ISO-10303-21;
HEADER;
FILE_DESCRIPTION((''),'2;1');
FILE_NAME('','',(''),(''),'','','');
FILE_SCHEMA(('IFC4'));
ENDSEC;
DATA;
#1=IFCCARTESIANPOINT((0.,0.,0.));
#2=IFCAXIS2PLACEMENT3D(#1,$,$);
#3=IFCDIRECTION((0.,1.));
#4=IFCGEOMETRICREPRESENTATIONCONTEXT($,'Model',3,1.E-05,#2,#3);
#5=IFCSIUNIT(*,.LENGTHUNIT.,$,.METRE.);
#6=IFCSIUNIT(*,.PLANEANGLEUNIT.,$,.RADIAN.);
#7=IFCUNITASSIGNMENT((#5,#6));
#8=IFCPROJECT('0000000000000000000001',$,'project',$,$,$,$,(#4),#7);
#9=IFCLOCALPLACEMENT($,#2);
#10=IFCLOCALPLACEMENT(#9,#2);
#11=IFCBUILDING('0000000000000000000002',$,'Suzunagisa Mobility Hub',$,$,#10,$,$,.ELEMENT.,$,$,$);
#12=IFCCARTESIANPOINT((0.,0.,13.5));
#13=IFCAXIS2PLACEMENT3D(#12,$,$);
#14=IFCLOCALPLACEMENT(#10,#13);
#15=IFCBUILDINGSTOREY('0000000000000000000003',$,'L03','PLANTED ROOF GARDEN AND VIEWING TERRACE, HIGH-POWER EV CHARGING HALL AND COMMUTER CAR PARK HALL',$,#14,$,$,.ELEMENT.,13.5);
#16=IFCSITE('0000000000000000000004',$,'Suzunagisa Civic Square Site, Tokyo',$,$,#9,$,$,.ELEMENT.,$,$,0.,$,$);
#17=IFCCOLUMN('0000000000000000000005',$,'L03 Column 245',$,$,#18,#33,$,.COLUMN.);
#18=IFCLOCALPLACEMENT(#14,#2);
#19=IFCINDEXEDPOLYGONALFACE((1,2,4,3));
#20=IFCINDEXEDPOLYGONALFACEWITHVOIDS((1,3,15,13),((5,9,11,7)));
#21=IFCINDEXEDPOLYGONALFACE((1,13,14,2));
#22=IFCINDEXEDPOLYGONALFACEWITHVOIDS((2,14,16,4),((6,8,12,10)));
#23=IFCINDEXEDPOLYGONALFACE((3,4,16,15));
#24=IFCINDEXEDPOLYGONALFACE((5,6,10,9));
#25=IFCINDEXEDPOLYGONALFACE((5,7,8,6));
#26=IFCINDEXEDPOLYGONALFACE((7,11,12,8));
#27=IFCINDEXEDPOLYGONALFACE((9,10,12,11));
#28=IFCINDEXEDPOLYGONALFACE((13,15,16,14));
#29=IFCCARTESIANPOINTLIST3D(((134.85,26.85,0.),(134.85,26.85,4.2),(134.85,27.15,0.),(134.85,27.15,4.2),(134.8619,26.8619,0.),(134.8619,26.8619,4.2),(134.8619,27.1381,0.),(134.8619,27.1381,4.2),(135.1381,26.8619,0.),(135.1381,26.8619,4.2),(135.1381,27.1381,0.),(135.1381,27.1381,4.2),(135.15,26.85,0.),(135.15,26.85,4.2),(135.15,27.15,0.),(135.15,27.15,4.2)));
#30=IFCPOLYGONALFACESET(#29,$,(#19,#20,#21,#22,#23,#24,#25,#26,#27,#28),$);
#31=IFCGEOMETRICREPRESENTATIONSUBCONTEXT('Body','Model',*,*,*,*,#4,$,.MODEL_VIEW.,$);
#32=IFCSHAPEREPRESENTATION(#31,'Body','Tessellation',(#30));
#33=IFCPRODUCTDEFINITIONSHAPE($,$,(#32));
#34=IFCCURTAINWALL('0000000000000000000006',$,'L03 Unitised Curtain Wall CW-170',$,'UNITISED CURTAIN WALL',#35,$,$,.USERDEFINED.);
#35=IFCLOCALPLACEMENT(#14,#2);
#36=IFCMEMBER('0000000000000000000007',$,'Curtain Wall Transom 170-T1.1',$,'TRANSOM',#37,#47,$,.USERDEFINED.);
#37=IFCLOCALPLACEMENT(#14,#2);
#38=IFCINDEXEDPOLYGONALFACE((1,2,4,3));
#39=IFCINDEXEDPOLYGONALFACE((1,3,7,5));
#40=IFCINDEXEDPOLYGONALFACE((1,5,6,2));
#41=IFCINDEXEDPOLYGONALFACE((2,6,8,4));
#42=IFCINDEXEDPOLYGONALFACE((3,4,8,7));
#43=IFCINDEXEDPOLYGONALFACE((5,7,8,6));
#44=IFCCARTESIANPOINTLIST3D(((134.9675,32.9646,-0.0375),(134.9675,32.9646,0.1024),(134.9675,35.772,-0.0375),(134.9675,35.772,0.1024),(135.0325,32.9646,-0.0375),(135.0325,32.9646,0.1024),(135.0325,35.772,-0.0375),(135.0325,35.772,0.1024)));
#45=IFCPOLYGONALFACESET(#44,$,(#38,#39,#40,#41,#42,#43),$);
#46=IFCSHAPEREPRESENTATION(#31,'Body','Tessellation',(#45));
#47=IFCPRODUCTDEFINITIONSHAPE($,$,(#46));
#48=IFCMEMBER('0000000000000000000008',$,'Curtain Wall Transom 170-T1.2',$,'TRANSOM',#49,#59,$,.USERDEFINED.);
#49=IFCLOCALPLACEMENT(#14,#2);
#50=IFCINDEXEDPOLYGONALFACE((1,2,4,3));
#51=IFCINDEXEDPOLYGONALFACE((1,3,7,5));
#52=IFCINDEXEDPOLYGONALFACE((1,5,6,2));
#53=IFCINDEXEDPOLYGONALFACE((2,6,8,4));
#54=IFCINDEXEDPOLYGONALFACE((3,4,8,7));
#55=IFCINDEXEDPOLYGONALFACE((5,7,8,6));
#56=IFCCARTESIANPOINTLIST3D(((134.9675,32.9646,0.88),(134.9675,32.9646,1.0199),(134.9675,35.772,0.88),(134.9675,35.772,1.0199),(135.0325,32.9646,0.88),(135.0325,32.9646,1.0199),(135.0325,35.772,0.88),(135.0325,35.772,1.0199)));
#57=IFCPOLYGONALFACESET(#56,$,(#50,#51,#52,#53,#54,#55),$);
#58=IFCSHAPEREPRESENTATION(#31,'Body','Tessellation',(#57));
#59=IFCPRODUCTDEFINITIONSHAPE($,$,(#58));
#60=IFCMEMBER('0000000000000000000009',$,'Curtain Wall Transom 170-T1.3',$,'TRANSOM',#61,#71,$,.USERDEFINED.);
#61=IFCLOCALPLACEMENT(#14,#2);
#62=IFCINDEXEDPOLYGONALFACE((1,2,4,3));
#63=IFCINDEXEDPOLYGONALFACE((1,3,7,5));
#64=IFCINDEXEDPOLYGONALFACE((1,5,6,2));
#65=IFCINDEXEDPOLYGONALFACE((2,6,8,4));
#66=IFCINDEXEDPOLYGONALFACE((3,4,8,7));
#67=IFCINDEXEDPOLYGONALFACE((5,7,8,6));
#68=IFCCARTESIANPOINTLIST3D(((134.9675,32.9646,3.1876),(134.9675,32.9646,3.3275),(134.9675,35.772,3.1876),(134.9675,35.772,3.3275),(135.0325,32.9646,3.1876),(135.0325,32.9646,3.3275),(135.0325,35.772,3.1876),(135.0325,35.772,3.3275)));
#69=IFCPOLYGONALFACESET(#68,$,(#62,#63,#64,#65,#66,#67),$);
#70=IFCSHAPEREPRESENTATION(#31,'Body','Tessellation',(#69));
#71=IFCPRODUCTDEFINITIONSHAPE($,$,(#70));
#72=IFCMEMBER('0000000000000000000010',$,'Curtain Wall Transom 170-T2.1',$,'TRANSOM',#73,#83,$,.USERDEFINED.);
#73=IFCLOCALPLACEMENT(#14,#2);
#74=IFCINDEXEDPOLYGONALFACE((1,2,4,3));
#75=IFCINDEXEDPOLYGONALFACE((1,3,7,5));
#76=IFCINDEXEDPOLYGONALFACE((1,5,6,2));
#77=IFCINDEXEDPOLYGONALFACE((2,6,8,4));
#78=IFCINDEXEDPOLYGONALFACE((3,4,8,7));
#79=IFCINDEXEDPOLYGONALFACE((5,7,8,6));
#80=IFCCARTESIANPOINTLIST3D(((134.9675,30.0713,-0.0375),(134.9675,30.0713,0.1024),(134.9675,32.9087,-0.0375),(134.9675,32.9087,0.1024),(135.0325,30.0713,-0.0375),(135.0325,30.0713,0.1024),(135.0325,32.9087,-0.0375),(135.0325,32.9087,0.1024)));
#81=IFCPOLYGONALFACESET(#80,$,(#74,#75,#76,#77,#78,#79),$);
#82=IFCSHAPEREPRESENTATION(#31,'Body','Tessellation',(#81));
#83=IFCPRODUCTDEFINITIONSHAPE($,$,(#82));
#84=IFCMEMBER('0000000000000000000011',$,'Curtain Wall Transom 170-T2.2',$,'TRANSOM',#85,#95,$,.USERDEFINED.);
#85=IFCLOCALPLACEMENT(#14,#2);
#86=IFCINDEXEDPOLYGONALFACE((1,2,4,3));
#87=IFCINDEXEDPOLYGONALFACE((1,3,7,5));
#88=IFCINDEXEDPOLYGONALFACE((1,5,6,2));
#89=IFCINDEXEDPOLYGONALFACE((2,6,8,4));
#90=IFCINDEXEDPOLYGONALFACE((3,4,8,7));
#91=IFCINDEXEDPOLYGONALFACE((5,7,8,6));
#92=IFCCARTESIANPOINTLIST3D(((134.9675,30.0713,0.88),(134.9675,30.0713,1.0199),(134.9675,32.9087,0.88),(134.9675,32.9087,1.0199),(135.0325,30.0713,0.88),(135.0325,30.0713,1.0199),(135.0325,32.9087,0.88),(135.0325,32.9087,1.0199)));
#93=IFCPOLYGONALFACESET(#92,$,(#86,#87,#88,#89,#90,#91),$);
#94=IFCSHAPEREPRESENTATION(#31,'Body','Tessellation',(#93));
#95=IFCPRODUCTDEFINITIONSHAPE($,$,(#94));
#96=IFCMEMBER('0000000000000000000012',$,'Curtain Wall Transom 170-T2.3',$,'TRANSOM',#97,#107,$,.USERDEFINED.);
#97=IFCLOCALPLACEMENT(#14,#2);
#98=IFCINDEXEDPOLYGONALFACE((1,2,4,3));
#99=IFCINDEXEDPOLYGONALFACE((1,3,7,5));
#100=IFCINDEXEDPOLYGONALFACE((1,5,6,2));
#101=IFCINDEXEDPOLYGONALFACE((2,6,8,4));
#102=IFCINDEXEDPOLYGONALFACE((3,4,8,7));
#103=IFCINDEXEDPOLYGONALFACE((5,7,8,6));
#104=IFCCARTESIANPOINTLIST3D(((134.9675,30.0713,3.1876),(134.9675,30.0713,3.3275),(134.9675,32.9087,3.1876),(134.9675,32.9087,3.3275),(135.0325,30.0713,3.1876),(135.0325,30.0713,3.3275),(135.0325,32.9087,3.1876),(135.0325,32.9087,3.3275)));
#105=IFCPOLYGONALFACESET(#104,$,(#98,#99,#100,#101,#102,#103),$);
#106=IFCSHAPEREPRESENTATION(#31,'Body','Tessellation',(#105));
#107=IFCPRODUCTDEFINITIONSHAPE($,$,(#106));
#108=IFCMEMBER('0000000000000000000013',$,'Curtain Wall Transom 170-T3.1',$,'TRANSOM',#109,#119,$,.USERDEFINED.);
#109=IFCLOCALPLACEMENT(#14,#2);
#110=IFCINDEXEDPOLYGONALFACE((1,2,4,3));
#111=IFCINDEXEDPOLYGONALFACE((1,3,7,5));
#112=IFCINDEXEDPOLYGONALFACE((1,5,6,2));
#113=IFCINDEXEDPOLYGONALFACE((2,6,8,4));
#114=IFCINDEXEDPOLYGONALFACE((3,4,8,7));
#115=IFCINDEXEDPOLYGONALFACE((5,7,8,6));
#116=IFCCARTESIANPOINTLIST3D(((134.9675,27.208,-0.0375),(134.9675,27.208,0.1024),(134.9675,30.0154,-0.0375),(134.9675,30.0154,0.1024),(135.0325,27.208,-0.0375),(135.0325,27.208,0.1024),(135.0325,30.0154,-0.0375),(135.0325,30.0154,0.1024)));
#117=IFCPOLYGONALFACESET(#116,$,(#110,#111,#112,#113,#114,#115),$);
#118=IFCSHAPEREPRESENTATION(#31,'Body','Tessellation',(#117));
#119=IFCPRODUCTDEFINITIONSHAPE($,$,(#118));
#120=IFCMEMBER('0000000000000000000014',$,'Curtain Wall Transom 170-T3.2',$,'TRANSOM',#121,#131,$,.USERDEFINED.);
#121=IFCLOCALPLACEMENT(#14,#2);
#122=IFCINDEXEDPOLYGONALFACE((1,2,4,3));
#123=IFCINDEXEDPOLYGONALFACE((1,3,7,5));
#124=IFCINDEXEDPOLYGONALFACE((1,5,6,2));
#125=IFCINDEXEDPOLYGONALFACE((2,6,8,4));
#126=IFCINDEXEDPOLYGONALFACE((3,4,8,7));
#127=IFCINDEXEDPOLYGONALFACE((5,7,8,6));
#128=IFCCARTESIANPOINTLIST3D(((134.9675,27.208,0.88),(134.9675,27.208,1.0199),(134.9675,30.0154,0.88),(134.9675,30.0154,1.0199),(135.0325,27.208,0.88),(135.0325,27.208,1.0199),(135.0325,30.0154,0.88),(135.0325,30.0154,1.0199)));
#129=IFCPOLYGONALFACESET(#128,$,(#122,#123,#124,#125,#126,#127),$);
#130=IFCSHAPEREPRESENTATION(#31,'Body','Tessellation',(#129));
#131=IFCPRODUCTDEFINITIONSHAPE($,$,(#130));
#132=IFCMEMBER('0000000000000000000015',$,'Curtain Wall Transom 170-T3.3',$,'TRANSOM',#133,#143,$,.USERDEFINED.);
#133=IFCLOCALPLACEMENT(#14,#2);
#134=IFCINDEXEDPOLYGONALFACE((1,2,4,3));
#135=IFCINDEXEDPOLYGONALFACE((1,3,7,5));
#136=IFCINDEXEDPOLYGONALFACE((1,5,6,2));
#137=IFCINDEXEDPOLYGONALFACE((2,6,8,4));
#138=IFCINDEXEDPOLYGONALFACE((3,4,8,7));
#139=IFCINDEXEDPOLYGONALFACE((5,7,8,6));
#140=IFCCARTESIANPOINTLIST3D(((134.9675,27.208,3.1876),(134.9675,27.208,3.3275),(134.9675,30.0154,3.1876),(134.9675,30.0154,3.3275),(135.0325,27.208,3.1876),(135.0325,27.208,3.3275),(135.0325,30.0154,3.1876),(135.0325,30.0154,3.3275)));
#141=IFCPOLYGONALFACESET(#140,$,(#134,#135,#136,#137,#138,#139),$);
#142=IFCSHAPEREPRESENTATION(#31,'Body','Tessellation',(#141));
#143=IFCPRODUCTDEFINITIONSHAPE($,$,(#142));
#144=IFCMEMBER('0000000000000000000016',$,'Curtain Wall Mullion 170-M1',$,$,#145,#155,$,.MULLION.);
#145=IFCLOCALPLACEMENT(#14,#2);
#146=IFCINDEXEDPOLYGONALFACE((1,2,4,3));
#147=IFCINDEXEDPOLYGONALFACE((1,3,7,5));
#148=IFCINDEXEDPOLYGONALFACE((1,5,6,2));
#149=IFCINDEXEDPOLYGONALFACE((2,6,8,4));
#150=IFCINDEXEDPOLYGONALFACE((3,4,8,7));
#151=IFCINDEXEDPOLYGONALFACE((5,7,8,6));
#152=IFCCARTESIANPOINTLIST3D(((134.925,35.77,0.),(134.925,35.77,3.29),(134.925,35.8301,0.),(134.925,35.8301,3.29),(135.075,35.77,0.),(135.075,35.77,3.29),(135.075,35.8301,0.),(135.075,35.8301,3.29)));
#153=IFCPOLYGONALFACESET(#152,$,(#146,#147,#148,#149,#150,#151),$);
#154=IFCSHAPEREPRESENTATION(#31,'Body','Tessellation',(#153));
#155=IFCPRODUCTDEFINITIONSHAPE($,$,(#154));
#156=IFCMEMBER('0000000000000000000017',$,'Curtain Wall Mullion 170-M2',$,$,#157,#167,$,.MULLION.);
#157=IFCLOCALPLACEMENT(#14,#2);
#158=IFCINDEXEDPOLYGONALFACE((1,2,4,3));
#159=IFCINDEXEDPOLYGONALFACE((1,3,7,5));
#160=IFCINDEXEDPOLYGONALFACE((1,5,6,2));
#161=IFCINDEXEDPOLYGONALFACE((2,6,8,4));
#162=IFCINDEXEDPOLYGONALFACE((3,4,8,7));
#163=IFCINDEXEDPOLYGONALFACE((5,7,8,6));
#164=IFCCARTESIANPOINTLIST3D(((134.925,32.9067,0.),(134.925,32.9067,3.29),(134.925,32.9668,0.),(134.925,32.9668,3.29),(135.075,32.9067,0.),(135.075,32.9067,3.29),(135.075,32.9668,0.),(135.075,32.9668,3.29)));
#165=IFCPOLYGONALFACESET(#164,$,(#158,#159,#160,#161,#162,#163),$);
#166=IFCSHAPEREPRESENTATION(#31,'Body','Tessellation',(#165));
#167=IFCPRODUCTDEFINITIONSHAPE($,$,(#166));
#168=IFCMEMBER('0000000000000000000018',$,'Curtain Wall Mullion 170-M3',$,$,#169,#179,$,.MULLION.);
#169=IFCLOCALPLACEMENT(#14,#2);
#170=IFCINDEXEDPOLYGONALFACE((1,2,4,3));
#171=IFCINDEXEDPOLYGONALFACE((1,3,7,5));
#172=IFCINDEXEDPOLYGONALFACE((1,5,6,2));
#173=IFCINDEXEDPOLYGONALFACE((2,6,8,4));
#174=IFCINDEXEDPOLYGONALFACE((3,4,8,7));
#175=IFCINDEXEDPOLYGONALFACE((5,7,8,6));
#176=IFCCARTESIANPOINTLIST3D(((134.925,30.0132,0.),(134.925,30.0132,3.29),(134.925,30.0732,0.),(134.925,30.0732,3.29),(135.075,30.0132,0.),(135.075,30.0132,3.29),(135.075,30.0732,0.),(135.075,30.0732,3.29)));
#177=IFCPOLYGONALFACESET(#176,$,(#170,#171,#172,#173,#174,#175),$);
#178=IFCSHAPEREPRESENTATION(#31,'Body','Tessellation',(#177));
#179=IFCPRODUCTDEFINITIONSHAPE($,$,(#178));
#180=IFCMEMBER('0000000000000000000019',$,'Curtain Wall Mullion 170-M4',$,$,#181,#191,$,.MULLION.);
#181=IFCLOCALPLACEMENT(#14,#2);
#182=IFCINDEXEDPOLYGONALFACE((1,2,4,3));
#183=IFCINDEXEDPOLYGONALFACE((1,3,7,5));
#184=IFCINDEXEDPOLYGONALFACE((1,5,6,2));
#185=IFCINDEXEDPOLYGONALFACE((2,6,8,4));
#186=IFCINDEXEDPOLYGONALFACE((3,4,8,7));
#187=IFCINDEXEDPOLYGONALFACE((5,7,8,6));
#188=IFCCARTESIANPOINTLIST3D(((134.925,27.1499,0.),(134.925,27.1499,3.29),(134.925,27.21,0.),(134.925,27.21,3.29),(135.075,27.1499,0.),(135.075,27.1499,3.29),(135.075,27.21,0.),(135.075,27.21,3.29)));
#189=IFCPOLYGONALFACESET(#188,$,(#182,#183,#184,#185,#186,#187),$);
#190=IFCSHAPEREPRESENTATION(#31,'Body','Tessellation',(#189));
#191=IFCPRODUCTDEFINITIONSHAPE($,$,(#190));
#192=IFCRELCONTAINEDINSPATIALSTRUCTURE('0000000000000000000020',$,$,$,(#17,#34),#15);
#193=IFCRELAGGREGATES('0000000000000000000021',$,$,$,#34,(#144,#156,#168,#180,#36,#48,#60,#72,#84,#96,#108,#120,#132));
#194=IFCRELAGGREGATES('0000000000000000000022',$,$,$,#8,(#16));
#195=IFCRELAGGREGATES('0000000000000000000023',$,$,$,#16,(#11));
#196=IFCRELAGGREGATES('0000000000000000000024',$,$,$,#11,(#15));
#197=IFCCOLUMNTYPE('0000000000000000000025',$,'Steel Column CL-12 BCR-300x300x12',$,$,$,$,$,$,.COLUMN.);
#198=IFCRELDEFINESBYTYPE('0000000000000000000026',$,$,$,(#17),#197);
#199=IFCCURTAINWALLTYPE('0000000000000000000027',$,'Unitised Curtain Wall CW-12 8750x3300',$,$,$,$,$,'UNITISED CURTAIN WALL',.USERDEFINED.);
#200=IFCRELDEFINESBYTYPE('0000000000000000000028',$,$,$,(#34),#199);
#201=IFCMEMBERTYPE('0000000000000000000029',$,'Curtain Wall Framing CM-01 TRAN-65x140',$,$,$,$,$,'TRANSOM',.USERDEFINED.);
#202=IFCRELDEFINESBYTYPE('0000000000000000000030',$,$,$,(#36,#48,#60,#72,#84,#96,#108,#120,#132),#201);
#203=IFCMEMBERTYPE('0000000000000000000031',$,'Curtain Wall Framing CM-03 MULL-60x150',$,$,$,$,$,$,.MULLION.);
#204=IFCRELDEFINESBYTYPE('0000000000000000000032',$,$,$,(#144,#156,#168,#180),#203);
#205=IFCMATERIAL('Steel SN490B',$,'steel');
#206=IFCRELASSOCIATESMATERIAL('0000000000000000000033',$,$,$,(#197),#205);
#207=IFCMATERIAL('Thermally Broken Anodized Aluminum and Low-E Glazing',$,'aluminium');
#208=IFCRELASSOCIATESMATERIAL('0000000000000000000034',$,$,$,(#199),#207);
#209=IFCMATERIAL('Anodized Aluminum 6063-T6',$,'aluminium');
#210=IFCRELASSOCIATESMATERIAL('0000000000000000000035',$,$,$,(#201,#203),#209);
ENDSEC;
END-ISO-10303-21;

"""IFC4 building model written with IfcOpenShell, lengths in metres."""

from ifc_helpers import new_model, si_unit, direction, frame, origin, origin_2d, place, context, subcontext, project, spatial, rectangle, hollow_rectangle, extrude, material, material_profile, profile_set, type_object, element, aggregate, save


model = new_model("IFC4")

# Units and contexts
model_context = context("Model", 3, precision=1e-05, world=origin(), true_north=direction((0.0, 1.0)))
body_context = subcontext(model_context, "Body", "Model", "MODEL_VIEW")
ifc_project = project(units=[si_unit("LENGTHUNIT", "METRE"), si_unit("PLANEANGLEUNIT", "RADIAN")], contexts=[model_context])

# Site, building, storey
site_placement = place(None, origin())
site = spatial("IfcSite", under=ifc_project, at=site_placement, Name="Suzunagisa Civic Square Site, Tokyo", CompositionType="ELEMENT", RefElevation=0.0)
building_placement = place(site_placement, origin())
building = spatial("IfcBuilding", under=site, at=building_placement, Name="Suzunagisa Mobility Hub", CompositionType="ELEMENT")
storey_placement = place(building_placement, frame((0.0, 0.0, 13.5)))
storey = spatial("IfcBuildingStorey", under=building, at=storey_placement, Name="L03", Description="PLANTED ROOF GARDEN AND VIEWING TERRACE, HIGH-POWER EV CHARGING HALL AND COMMUTER CAR PARK HALL", CompositionType="ELEMENT", Elevation=13.5)

# Column
ifc_material_1 = material(Name="Steel SN490B", Category="steel")
ifc_material_profile_1 = material_profile(ifc_material_1, hollow_rectangle(XDim=0.3, YDim=0.3, WallThickness=0.012, at=origin_2d()), Name="BCR-300x300x12")
ifc_profile_set_1 = profile_set([ifc_material_profile_1], Name="Steel SN490B")
column_type = type_object("IfcColumnType", Name="Steel Column CL-12 BCR-300x300x12", PredefinedType="COLUMN", material=ifc_profile_set_1)
column_placement = place(storey_placement, frame((135.0, 27.0, 0.0), z_axis=(0.0, 0.0, 1.0), x_axis=(1.0, 0.0, 0.0)))
element("IfcColumn", 1, at=column_placement, inside=storey, type_object=column_type, Name="L03 Column 245", PredefinedType="COLUMN", context=body_context, shape_type="SweptSolid", body=[
    extrude(hollow_rectangle(XDim=0.3, YDim=0.3, WallThickness=0.012, at=origin_2d()), origin(), (0.0, 0.0, 1.0), 4.2),
])

# Curtain wall, members
ifc_material_2 = material(Name="Thermally Broken Anodized Aluminum and Low-E Glazing", Category="aluminium")
curtain_wall_type = type_object("IfcCurtainWallType", Name="Unitised Curtain Wall CW-12 8750x3300", ElementType="UNITISED CURTAIN WALL", PredefinedType="USERDEFINED", material=ifc_material_2)
curtain_wall_placement = place(storey_placement, origin())
curtain_wall = element("IfcCurtainWall", 2, at=curtain_wall_placement, inside=storey, type_object=curtain_wall_type, Name="L03 Unitised Curtain Wall CW-170", ObjectType="UNITISED CURTAIN WALL", PredefinedType="USERDEFINED")
ifc_material_3 = material(Name="Anodized Aluminum 6063-T6", Category="aluminium")
ifc_material_profile_2 = material_profile(ifc_material_3, rectangle(XDim=0.0649, YDim=0.1399, at=origin_2d()), Name="TRAN-65x140")
ifc_profile_set_2 = profile_set([ifc_material_profile_2], Name="Anodized Aluminum 6063-T6")
member_type_1 = type_object("IfcMemberType", Name="Curtain Wall Framing CM-01 TRAN-65x140", ElementType="TRANSOM", PredefinedType="USERDEFINED", material=ifc_profile_set_2)
member_1_placement = place(storey_placement, frame((135.0, 35.772, 0.0325), z_axis=(0.0, -1.0, 0.0), x_axis=(1.0, 0.0, 0.0)))
member_1 = element("IfcMember", 3, at=member_1_placement, type_object=member_type_1, Name="Curtain Wall Transom 170-T1.1", ObjectType="TRANSOM", PredefinedType="USERDEFINED", context=body_context, shape_type="SweptSolid", body=[
    extrude(rectangle(XDim=0.0649, YDim=0.1399, at=origin_2d()), origin(), (0.0, 0.0, 1.0), 2.8074),
])
member_2_placement = place(storey_placement, frame((135.0, 35.772, 0.95), z_axis=(0.0, -1.0, 0.0), x_axis=(1.0, 0.0, 0.0)))
member_2 = element("IfcMember", 4, at=member_2_placement, type_object=member_type_1, Name="Curtain Wall Transom 170-T1.2", ObjectType="TRANSOM", PredefinedType="USERDEFINED", context=body_context, shape_type="SweptSolid", body=[
    extrude(rectangle(XDim=0.0649, YDim=0.1399, at=origin_2d()), origin(), (0.0, 0.0, 1.0), 2.8074),
])
member_3_placement = place(storey_placement, frame((135.0, 35.772, 3.2576), z_axis=(0.0, -1.0, 0.0), x_axis=(1.0, 0.0, 0.0)))
member_3 = element("IfcMember", 5, at=member_3_placement, type_object=member_type_1, Name="Curtain Wall Transom 170-T1.3", ObjectType="TRANSOM", PredefinedType="USERDEFINED", context=body_context, shape_type="SweptSolid", body=[
    extrude(rectangle(XDim=0.0649, YDim=0.1399, at=origin_2d()), origin(), (0.0, 0.0, 1.0), 2.8074),
])
member_4_placement = place(storey_placement, frame((135.0, 32.9087, 0.0325), z_axis=(0.0, -1.0, 0.0), x_axis=(1.0, 0.0, 0.0)))
member_4 = element("IfcMember", 6, at=member_4_placement, type_object=member_type_1, Name="Curtain Wall Transom 170-T2.1", ObjectType="TRANSOM", PredefinedType="USERDEFINED", context=body_context, shape_type="SweptSolid", body=[
    extrude(rectangle(XDim=0.0649, YDim=0.1399, at=origin_2d()), origin(), (0.0, 0.0, 1.0), 2.8374),
])
member_5_placement = place(storey_placement, frame((135.0, 32.9087, 0.95), z_axis=(0.0, -1.0, 0.0), x_axis=(1.0, 0.0, 0.0)))
member_5 = element("IfcMember", 7, at=member_5_placement, type_object=member_type_1, Name="Curtain Wall Transom 170-T2.2", ObjectType="TRANSOM", PredefinedType="USERDEFINED", context=body_context, shape_type="SweptSolid", body=[
    extrude(rectangle(XDim=0.0649, YDim=0.1399, at=origin_2d()), origin(), (0.0, 0.0, 1.0), 2.8374),
])
member_6_placement = place(storey_placement, frame((135.0, 32.9087, 3.2576), z_axis=(0.0, -1.0, 0.0), x_axis=(1.0, 0.0, 0.0)))
member_6 = element("IfcMember", 8, at=member_6_placement, type_object=member_type_1, Name="Curtain Wall Transom 170-T2.3", ObjectType="TRANSOM", PredefinedType="USERDEFINED", context=body_context, shape_type="SweptSolid", body=[
    extrude(rectangle(XDim=0.0649, YDim=0.1399, at=origin_2d()), origin(), (0.0, 0.0, 1.0), 2.8374),
])
member_7_placement = place(storey_placement, frame((135.0, 30.0154, 0.0325), z_axis=(0.0, -1.0, 0.0), x_axis=(1.0, 0.0, 0.0)))
member_7 = element("IfcMember", 9, at=member_7_placement, type_object=member_type_1, Name="Curtain Wall Transom 170-T3.1", ObjectType="TRANSOM", PredefinedType="USERDEFINED", context=body_context, shape_type="SweptSolid", body=[
    extrude(rectangle(XDim=0.0649, YDim=0.1399, at=origin_2d()), origin(), (0.0, 0.0, 1.0), 2.8074),
])
member_8_placement = place(storey_placement, frame((135.0, 30.0154, 0.95), z_axis=(0.0, -1.0, 0.0), x_axis=(1.0, 0.0, 0.0)))
member_8 = element("IfcMember", 10, at=member_8_placement, type_object=member_type_1, Name="Curtain Wall Transom 170-T3.2", ObjectType="TRANSOM", PredefinedType="USERDEFINED", context=body_context, shape_type="SweptSolid", body=[
    extrude(rectangle(XDim=0.0649, YDim=0.1399, at=origin_2d()), origin(), (0.0, 0.0, 1.0), 2.8074),
])
member_9_placement = place(storey_placement, frame((135.0, 30.0154, 3.2576), z_axis=(0.0, -1.0, 0.0), x_axis=(1.0, 0.0, 0.0)))
member_9 = element("IfcMember", 11, at=member_9_placement, type_object=member_type_1, Name="Curtain Wall Transom 170-T3.3", ObjectType="TRANSOM", PredefinedType="USERDEFINED", context=body_context, shape_type="SweptSolid", body=[
    extrude(rectangle(XDim=0.0649, YDim=0.1399, at=origin_2d()), origin(), (0.0, 0.0, 1.0), 2.8074),
])
ifc_material_profile_3 = material_profile(ifc_material_3, rectangle(XDim=0.0601, YDim=0.1499, at=origin_2d()), Name="MULL-60x150")
ifc_profile_set_3 = profile_set([ifc_material_profile_3], Name="Anodized Aluminum 6063-T6")
member_type_2 = type_object("IfcMemberType", Name="Curtain Wall Framing CM-03 MULL-60x150", PredefinedType="MULLION", material=ifc_profile_set_3)
member_10_placement = place(storey_placement, frame((135.0, 35.8, 0.0), z_axis=(0.0, 0.0, 1.0), x_axis=(0.0, -1.0, 0.0)))
member_10 = element("IfcMember", 12, at=member_10_placement, type_object=member_type_2, Name="Curtain Wall Mullion 170-M1", PredefinedType="MULLION", context=body_context, shape_type="SweptSolid", body=[
    extrude(rectangle(XDim=0.0601, YDim=0.1499, at=origin_2d()), origin(), (0.0, 0.0, 1.0), 3.29),
])
member_11_placement = place(storey_placement, frame((135.0, 32.9368, 0.0), z_axis=(0.0, 0.0, 1.0), x_axis=(0.0, -1.0, 0.0)))
member_11 = element("IfcMember", 13, at=member_11_placement, type_object=member_type_2, Name="Curtain Wall Mullion 170-M2", PredefinedType="MULLION", context=body_context, shape_type="SweptSolid", body=[
    extrude(rectangle(XDim=0.0601, YDim=0.1499, at=origin_2d()), origin(), (0.0, 0.0, 1.0), 3.29),
])
member_12_placement = place(storey_placement, frame((135.0, 30.0432, 0.0), z_axis=(0.0, 0.0, 1.0), x_axis=(0.0, -1.0, 0.0)))
member_12 = element("IfcMember", 14, at=member_12_placement, type_object=member_type_2, Name="Curtain Wall Mullion 170-M3", PredefinedType="MULLION", context=body_context, shape_type="SweptSolid", body=[
    extrude(rectangle(XDim=0.0601, YDim=0.1499, at=origin_2d()), origin(), (0.0, 0.0, 1.0), 3.29),
])
member_13_placement = place(storey_placement, frame((135.0, 27.1799, 0.0), z_axis=(0.0, 0.0, 1.0), x_axis=(0.0, -1.0, 0.0)))
member_13 = element("IfcMember", 15, at=member_13_placement, type_object=member_type_2, Name="Curtain Wall Mullion 170-M4", PredefinedType="MULLION", context=body_context, shape_type="SweptSolid", body=[
    extrude(rectangle(XDim=0.0601, YDim=0.1499, at=origin_2d()), origin(), (0.0, 0.0, 1.0), 3.29),
])

aggregate(curtain_wall, [member_10, member_11, member_12, member_13, member_1, member_2, member_3, member_4, member_5, member_6, member_7, member_8, member_9])

save(model, "model.ifc")
